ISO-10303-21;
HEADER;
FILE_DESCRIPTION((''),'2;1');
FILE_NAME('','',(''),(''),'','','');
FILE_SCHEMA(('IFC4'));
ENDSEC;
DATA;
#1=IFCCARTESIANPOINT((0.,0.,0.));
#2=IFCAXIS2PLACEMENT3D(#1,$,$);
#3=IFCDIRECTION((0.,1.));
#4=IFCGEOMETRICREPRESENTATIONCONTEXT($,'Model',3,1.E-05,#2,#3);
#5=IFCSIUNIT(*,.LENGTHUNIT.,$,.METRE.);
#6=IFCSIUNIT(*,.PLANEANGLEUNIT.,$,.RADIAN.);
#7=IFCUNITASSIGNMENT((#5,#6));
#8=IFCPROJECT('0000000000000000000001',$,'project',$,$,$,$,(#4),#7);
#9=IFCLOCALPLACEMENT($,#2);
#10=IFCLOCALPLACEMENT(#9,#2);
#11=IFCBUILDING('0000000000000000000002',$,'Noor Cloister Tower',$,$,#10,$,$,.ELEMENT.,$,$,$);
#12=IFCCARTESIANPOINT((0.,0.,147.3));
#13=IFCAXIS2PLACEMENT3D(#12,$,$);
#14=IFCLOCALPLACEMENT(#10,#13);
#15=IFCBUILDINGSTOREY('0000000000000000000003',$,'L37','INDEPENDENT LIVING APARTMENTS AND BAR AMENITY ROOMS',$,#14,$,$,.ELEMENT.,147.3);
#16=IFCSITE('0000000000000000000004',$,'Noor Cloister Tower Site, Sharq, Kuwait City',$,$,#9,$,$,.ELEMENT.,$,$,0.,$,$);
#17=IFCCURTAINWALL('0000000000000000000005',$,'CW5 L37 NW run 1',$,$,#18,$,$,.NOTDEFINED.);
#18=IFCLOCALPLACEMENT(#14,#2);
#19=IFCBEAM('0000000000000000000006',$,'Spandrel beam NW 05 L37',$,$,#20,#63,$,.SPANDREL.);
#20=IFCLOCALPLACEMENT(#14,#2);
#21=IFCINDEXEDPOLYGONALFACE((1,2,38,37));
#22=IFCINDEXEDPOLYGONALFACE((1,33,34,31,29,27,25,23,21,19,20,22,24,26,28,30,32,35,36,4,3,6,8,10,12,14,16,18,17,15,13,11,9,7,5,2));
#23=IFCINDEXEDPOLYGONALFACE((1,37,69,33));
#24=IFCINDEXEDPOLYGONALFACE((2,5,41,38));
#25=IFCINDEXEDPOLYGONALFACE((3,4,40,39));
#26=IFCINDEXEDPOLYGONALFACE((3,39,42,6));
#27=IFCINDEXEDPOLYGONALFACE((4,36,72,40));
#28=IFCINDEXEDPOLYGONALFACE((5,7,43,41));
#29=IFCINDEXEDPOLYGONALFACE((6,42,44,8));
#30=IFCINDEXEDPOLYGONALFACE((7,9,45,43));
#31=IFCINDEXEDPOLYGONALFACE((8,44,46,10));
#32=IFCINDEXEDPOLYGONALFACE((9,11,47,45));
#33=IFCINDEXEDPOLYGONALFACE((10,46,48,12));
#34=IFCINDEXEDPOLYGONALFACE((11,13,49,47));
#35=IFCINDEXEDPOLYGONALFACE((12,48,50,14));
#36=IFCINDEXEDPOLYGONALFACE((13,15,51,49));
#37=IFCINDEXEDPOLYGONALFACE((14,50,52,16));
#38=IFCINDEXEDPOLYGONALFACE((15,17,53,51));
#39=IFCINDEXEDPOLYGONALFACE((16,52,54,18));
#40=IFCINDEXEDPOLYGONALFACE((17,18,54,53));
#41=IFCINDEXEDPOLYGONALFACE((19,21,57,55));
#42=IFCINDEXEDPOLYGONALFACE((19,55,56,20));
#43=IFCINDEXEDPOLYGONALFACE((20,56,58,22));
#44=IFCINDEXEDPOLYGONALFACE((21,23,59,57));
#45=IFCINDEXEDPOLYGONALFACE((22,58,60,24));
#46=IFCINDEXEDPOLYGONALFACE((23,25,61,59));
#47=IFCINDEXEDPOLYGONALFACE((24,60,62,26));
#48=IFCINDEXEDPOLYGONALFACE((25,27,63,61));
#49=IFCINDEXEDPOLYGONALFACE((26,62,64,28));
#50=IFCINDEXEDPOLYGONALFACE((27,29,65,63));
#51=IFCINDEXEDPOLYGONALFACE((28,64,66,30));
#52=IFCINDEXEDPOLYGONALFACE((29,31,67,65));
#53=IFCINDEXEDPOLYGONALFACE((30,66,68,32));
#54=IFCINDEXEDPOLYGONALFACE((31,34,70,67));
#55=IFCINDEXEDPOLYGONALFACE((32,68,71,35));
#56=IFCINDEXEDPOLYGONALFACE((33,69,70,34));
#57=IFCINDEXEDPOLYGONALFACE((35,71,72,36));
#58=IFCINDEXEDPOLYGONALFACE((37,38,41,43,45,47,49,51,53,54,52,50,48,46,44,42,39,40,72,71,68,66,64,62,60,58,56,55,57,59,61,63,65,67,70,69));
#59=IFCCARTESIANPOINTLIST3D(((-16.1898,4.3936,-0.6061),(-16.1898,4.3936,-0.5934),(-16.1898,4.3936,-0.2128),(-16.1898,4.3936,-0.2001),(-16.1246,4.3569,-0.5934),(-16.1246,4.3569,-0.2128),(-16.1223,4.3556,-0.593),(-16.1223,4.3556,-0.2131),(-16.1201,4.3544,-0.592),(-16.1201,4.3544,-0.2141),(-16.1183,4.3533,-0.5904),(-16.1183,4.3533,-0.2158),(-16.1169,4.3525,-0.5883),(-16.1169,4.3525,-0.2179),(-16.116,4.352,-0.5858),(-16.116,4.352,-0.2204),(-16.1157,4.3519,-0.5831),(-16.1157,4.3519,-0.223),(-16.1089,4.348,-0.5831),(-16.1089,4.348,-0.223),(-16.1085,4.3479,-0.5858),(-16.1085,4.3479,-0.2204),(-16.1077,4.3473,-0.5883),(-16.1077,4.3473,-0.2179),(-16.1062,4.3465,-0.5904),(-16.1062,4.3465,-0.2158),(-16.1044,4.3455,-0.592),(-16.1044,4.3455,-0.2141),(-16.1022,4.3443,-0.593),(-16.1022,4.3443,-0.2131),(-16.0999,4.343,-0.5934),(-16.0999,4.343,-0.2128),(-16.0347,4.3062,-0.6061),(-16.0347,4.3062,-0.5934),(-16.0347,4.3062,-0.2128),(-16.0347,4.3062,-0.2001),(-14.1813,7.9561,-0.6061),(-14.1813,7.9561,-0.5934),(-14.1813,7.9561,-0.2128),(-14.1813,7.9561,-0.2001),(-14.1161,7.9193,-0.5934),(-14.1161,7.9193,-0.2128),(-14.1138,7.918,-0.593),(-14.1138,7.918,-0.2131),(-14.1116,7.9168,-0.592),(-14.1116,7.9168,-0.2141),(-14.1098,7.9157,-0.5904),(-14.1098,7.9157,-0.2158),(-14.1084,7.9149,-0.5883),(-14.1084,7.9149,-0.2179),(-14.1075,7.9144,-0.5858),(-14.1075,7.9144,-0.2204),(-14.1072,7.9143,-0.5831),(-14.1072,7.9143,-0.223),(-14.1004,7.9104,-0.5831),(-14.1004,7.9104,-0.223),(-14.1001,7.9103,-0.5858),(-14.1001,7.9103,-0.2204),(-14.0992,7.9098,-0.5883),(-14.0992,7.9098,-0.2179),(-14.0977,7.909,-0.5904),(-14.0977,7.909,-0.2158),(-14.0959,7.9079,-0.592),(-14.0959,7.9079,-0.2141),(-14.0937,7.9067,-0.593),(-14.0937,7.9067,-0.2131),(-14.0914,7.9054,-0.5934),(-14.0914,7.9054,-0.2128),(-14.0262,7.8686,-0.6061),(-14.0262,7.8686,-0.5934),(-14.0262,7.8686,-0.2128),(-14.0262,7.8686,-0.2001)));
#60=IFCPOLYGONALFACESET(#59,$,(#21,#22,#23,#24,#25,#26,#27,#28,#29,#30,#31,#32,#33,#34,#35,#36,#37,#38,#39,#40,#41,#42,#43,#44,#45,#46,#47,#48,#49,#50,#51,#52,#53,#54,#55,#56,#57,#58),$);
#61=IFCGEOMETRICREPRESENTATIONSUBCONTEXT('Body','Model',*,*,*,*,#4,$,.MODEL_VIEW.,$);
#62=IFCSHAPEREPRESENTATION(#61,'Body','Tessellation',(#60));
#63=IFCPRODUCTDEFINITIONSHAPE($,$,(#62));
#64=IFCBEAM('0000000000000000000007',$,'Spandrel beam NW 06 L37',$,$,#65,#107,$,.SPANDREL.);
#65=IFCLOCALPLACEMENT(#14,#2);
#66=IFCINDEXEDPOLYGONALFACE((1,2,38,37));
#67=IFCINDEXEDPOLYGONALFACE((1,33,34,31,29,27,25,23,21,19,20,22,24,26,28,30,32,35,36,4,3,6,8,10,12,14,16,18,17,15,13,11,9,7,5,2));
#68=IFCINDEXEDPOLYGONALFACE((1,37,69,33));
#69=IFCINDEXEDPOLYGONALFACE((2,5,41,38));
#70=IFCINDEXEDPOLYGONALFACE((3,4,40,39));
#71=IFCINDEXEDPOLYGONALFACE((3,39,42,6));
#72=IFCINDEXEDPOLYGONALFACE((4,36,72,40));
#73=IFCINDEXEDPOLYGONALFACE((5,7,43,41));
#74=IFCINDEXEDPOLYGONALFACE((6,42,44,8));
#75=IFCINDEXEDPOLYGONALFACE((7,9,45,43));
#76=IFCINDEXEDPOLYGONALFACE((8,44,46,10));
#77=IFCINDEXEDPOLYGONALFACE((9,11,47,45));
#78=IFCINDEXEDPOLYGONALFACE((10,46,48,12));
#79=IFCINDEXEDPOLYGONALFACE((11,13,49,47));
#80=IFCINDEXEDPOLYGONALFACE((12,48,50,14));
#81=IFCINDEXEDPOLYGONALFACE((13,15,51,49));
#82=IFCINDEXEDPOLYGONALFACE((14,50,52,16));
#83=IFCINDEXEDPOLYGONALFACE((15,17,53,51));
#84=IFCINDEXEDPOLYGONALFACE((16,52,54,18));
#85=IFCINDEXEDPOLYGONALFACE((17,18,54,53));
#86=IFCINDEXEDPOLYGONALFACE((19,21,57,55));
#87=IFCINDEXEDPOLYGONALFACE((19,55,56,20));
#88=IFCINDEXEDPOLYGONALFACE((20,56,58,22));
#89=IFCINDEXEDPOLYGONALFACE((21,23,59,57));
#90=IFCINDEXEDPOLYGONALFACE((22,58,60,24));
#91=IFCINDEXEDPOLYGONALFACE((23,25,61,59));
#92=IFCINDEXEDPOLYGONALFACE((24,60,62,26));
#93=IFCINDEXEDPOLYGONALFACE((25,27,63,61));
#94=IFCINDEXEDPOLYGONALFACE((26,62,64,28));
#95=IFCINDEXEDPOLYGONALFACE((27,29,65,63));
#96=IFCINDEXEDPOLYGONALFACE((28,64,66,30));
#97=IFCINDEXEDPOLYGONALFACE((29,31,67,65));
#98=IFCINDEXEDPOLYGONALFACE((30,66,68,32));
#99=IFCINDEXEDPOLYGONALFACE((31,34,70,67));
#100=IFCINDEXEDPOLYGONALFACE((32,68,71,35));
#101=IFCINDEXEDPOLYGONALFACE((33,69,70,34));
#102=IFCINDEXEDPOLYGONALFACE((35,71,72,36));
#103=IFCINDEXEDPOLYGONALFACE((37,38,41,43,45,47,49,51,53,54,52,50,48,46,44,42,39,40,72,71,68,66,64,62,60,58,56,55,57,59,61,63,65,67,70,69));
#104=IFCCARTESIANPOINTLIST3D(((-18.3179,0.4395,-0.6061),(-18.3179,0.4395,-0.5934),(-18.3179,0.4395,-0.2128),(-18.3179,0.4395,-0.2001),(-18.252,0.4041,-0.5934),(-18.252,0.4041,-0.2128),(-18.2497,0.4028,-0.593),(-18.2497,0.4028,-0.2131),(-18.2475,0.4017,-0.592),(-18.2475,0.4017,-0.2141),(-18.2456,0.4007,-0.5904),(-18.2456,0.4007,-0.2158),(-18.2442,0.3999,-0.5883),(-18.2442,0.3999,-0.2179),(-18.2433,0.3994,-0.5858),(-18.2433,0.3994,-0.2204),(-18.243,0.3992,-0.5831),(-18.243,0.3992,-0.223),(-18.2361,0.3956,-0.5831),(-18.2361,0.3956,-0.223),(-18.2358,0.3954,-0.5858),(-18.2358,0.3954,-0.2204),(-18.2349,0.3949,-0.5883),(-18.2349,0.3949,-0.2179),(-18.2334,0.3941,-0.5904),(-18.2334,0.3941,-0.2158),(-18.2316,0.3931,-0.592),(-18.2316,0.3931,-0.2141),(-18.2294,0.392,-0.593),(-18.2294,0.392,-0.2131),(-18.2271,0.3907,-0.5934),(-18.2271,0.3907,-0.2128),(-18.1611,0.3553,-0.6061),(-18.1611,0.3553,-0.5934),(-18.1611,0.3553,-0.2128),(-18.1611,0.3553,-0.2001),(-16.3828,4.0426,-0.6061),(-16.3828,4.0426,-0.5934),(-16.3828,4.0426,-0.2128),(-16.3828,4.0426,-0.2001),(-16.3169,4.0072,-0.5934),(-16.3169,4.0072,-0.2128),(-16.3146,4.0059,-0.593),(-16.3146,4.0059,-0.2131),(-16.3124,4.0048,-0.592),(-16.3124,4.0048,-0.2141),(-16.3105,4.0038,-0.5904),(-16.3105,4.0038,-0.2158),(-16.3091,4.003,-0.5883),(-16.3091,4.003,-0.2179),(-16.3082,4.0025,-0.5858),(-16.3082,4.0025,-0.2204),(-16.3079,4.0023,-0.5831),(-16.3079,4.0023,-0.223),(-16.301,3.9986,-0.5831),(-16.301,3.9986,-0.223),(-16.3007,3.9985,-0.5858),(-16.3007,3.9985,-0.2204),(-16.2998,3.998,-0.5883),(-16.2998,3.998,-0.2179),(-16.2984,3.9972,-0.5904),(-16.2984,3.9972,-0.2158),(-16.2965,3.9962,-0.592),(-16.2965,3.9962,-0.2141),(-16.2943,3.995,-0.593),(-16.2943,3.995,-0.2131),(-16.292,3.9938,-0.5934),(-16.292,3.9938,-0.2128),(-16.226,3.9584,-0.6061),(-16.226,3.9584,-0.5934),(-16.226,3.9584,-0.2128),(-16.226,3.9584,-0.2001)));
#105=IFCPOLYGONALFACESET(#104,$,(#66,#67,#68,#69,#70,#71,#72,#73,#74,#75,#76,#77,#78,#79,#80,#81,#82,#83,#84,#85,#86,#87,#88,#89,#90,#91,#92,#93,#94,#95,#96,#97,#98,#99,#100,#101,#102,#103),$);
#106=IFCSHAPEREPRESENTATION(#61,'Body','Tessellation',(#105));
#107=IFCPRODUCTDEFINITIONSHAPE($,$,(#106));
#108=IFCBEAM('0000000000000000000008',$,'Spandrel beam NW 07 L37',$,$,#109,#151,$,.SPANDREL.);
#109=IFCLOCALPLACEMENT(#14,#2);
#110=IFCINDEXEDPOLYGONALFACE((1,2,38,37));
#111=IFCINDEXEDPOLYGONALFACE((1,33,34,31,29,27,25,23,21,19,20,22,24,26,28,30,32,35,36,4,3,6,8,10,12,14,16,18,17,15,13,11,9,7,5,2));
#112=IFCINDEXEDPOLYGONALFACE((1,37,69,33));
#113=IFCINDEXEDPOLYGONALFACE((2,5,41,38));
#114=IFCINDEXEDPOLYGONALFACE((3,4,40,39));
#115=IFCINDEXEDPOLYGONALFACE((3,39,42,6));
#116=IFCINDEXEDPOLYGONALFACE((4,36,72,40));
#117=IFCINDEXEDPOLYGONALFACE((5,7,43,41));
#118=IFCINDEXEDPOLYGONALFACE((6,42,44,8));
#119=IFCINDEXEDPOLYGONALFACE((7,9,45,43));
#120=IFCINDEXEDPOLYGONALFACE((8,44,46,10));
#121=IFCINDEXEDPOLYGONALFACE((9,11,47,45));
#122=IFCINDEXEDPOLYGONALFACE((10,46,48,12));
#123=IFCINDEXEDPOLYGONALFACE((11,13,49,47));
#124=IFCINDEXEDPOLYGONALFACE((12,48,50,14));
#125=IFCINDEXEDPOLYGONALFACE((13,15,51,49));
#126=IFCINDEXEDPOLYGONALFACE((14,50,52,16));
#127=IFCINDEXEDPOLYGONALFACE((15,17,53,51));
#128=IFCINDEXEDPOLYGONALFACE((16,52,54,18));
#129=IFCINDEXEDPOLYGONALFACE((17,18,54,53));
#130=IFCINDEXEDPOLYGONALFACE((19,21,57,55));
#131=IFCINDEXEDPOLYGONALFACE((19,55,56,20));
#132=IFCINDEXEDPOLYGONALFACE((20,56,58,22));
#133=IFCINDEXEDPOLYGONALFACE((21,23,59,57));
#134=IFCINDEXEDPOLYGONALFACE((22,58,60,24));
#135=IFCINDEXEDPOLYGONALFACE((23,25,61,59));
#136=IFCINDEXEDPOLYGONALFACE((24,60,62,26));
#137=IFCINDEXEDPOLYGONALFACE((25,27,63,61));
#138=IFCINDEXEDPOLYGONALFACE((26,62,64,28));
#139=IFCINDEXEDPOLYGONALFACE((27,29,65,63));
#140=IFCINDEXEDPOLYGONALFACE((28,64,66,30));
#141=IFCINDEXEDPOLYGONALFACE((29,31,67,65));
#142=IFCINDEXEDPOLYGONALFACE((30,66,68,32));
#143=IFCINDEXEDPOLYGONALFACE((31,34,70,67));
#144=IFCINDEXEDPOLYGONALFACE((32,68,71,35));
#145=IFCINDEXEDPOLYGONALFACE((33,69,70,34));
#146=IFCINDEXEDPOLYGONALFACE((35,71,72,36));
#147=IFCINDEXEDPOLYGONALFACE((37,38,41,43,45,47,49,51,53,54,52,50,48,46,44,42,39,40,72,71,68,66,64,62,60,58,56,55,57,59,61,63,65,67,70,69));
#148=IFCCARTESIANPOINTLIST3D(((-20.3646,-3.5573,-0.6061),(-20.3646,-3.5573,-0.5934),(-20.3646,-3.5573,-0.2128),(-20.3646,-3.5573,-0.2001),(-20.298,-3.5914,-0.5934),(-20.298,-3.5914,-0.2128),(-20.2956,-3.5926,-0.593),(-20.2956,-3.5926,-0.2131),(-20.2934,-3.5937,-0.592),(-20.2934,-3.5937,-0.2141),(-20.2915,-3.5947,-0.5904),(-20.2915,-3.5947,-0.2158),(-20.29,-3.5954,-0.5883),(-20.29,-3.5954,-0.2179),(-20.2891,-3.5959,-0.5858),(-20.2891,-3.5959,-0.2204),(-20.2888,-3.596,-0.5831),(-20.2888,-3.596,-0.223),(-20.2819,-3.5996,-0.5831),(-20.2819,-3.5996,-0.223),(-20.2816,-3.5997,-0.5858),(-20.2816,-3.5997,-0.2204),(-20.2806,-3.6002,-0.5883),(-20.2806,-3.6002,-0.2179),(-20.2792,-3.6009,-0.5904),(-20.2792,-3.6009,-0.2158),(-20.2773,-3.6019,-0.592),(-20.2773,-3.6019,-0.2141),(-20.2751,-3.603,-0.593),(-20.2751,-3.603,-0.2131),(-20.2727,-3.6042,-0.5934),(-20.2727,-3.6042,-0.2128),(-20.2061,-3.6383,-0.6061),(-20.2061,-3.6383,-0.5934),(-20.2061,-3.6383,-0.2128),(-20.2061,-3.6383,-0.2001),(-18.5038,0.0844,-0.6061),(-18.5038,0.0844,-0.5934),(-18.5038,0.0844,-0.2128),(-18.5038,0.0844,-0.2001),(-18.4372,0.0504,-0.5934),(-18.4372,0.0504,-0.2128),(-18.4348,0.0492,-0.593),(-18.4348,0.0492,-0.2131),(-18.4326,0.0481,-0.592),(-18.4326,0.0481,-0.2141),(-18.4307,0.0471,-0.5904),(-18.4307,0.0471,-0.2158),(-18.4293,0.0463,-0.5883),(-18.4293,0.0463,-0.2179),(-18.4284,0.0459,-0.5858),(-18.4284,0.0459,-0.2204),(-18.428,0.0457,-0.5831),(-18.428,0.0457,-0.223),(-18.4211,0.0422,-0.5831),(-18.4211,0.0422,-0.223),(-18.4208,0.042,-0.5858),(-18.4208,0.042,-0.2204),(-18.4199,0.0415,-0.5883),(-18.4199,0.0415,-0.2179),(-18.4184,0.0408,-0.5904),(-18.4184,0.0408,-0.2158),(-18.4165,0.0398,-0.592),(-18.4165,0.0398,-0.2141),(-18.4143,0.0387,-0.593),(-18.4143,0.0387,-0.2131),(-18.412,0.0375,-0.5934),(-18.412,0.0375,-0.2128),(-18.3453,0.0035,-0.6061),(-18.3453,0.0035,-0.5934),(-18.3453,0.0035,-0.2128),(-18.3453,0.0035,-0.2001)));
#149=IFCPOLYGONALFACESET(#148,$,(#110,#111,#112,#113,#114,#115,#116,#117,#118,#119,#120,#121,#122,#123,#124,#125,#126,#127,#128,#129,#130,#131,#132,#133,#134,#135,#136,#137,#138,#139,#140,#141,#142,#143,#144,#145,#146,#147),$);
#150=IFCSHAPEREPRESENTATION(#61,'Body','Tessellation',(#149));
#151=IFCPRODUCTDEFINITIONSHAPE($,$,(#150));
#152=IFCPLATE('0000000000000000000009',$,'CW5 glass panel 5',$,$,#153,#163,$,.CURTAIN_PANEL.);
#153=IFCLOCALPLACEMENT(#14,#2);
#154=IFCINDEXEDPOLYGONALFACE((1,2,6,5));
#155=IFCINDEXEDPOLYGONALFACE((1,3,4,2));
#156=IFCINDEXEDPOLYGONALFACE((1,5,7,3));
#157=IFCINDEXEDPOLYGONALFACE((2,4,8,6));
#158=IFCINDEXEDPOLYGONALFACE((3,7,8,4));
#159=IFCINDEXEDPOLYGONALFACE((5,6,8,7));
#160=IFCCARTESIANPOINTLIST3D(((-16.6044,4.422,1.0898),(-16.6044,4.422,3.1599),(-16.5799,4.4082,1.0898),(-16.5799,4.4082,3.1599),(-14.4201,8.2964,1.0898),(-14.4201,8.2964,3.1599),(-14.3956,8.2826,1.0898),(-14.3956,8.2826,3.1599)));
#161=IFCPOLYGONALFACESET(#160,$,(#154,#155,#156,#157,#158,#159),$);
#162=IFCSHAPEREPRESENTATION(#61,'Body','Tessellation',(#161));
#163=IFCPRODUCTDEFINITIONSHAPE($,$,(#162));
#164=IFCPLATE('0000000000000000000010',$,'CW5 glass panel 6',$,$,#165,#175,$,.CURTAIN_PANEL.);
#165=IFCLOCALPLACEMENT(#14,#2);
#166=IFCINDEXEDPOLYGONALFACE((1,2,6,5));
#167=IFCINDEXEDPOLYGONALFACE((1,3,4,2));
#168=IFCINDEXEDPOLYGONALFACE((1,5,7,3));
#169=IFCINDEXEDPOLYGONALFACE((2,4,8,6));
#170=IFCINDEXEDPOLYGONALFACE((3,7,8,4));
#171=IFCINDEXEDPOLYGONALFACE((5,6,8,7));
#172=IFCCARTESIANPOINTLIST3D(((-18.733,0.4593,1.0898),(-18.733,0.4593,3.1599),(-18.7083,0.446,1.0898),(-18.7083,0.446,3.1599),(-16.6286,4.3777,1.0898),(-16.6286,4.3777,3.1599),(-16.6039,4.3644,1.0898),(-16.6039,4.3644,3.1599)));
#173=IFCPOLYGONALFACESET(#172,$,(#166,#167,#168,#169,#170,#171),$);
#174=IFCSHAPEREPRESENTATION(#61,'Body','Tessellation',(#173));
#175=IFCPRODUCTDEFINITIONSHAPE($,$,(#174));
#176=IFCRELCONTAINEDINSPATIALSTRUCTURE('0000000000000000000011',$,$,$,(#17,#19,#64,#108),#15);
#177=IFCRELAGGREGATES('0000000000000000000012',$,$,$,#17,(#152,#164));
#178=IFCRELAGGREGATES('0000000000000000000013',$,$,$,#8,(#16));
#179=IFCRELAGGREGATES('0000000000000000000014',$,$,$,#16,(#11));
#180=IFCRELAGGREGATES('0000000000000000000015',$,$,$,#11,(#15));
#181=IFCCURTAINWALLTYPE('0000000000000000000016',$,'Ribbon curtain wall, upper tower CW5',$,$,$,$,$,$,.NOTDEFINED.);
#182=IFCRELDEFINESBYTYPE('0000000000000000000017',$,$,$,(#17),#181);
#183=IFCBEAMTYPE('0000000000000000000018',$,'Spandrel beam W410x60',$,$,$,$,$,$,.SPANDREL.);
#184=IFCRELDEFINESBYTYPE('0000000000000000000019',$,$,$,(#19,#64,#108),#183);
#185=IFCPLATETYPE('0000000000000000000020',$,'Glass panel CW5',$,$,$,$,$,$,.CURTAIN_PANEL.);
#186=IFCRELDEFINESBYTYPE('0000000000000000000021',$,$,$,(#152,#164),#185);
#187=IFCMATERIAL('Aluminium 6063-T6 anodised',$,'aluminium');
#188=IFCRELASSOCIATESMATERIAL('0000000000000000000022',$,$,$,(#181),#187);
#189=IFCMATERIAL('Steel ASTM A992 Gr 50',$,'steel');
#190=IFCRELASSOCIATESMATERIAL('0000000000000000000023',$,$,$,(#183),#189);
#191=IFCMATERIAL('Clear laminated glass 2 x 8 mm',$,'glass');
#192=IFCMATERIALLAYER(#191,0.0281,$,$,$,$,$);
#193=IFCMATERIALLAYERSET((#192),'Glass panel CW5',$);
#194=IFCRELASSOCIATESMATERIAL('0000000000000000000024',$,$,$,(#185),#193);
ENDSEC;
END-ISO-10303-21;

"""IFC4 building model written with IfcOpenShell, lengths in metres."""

from ifc_helpers import new_model, si_unit, direction, frame, origin, origin_2d, place, context, subcontext, project, spatial, rectangle, i_section, extrude, material, layer, layer_set, material_profile, profile_set, type_object, element, aggregate, save


model = new_model("IFC4")

# Units and contexts
model_context = context("Model", 3, precision=1e-05, world=origin(), true_north=direction((0.0, 1.0)))
body_context = subcontext(model_context, "Body", "Model", "MODEL_VIEW")
ifc_project = project(units=[si_unit("LENGTHUNIT", "METRE"), si_unit("PLANEANGLEUNIT", "RADIAN")], contexts=[model_context])

# Site, building, storey
site_placement = place(None, origin())
site = spatial("IfcSite", under=ifc_project, at=site_placement, Name="Noor Cloister Tower Site, Sharq, Kuwait City", CompositionType="ELEMENT", RefElevation=0.0)
building_placement = place(site_placement, origin())
building = spatial("IfcBuilding", under=site, at=building_placement, Name="Noor Cloister Tower", CompositionType="ELEMENT")
storey_placement = place(building_placement, frame((0.0, 0.0, 147.3)))
storey = spatial("IfcBuildingStorey", under=building, at=storey_placement, Name="L37", Description="INDEPENDENT LIVING APARTMENTS AND BAR AMENITY ROOMS", CompositionType="ELEMENT", Elevation=147.3)

# Shared definitions
ifc_material_1 = material(Name="Aluminium 6063-T6 anodised", Category="aluminium")
curtain_wall_type = type_object("IfcCurtainWallType", Name="Ribbon curtain wall, upper tower CW5", PredefinedType="NOTDEFINED", material=ifc_material_1)

# Curtain wall
curtain_wall_1_placement = place(storey_placement, origin())
curtain_wall_1 = element("IfcCurtainWall", 1, at=curtain_wall_1_placement, inside=storey, type_object=curtain_wall_type, Name="CW5 L37 NW run 1", PredefinedType="NOTDEFINED")

# Beams
ifc_material_2 = material(Name="Steel ASTM A992 Gr 50", Category="steel")
ifc_material_profile_1 = material_profile(ifc_material_2, i_section(OverallWidth=0.178, OverallDepth=0.406, WebThickness=0.0078, FlangeThickness=0.0127, FilletRadius=0.0103, at=origin_2d()), Name="W410x60")
ifc_profile_set_1 = profile_set([ifc_material_profile_1], Name="Steel ASTM A992 Gr 50")
beam_type_1 = type_object("IfcBeamType", Name="Spandrel beam W410x60", PredefinedType="SPANDREL", material=ifc_profile_set_1)
beam_1_placement = place(storey_placement, frame((-14.1038, 7.9124, -0.4031), z_axis=(-0.491123, -0.87109, 0.0), x_axis=(0.87109, -0.491123, 0.0)))
element("IfcBeam", 2, at=beam_1_placement, inside=storey, type_object=beam_type_1, Name="Spandrel beam NW 05 L37", PredefinedType="SPANDREL", context=body_context, shape_type="SweptSolid", body=[
    extrude(i_section(OverallWidth=0.178, OverallDepth=0.406, WebThickness=0.0078, FlangeThickness=0.0127, FilletRadius=0.0103, at=origin_2d()), origin(), (0.0, 0.0, 1.0), 4.0896),
])
beam_2_placement = place(storey_placement, frame((-16.3044, 4.0005, -0.4031), z_axis=(-0.473146, -0.880984, 0.0), x_axis=(0.880984, -0.473146, 0.0)))
element("IfcBeam", 3, at=beam_2_placement, inside=storey, type_object=beam_type_1, Name="Spandrel beam NW 06 L37", PredefinedType="SPANDREL", context=body_context, shape_type="SweptSolid", body=[
    extrude(i_section(OverallWidth=0.178, OverallDepth=0.406, WebThickness=0.0078, FlangeThickness=0.0127, FilletRadius=0.0103, at=origin_2d()), origin(), (0.0, 0.0, 1.0), 4.0898),
])
beam_3_placement = place(storey_placement, frame((-18.4246, 0.0439, -0.4031), z_axis=(-0.455005, -0.890489, 0.0), x_axis=(0.890489, -0.455005, 0.0)))
element("IfcBeam", 4, at=beam_3_placement, inside=storey, type_object=beam_type_1, Name="Spandrel beam NW 07 L37", PredefinedType="SPANDREL", context=body_context, shape_type="SweptSolid", body=[
    extrude(i_section(OverallWidth=0.178, OverallDepth=0.406, WebThickness=0.0078, FlangeThickness=0.0127, FilletRadius=0.0103, at=origin_2d()), origin(), (0.0, 0.0, 1.0), 4.0896),
])

# Plates
ifc_material_3 = material(Name="Clear laminated glass 2 x 8 mm", Category="glass")
ifc_layer_1 = layer(ifc_material_3, 0.0281)
ifc_layer_set_1 = layer_set([ifc_layer_1], Name="Glass panel CW5")
plate_type = type_object("IfcPlateType", Name="Glass panel CW5", PredefinedType="CURTAIN_PANEL", material=ifc_layer_set_1)
plate_1_placement = place(storey_placement, frame((-15.5, 6.3523, 1.0898), z_axis=(0.0, 0.0, 1.0), x_axis=(-0.491096, -0.871106, 0.0)))
plate_1 = element("IfcPlate", 5, at=plate_1_placement, type_object=plate_type, Name="CW5 glass panel 5", PredefinedType="CURTAIN_PANEL", context=body_context, shape_type="SweptSolid", body=[
    extrude(rectangle(XDim=4.4478, YDim=0.0281, at=origin_2d()), origin(), (0.0, 0.0, 1.0), 2.0701),
])
plate_2_placement = place(storey_placement, frame((-17.6685, 2.4119, 1.0898), z_axis=(0.0, 0.0, 1.0), x_axis=(-0.473133, -0.880991, 0.0)))
plate_2 = element("IfcPlate", 6, at=plate_2_placement, type_object=plate_type, Name="CW5 glass panel 6", PredefinedType="CURTAIN_PANEL", context=body_context, shape_type="SweptSolid", body=[
    extrude(rectangle(XDim=4.4478, YDim=0.0281, at=origin_2d()), origin(), (0.0, 0.0, 1.0), 2.0701),
])
aggregate(curtain_wall_1, [plate_1, plate_2])

save(model, "model.ifc")
